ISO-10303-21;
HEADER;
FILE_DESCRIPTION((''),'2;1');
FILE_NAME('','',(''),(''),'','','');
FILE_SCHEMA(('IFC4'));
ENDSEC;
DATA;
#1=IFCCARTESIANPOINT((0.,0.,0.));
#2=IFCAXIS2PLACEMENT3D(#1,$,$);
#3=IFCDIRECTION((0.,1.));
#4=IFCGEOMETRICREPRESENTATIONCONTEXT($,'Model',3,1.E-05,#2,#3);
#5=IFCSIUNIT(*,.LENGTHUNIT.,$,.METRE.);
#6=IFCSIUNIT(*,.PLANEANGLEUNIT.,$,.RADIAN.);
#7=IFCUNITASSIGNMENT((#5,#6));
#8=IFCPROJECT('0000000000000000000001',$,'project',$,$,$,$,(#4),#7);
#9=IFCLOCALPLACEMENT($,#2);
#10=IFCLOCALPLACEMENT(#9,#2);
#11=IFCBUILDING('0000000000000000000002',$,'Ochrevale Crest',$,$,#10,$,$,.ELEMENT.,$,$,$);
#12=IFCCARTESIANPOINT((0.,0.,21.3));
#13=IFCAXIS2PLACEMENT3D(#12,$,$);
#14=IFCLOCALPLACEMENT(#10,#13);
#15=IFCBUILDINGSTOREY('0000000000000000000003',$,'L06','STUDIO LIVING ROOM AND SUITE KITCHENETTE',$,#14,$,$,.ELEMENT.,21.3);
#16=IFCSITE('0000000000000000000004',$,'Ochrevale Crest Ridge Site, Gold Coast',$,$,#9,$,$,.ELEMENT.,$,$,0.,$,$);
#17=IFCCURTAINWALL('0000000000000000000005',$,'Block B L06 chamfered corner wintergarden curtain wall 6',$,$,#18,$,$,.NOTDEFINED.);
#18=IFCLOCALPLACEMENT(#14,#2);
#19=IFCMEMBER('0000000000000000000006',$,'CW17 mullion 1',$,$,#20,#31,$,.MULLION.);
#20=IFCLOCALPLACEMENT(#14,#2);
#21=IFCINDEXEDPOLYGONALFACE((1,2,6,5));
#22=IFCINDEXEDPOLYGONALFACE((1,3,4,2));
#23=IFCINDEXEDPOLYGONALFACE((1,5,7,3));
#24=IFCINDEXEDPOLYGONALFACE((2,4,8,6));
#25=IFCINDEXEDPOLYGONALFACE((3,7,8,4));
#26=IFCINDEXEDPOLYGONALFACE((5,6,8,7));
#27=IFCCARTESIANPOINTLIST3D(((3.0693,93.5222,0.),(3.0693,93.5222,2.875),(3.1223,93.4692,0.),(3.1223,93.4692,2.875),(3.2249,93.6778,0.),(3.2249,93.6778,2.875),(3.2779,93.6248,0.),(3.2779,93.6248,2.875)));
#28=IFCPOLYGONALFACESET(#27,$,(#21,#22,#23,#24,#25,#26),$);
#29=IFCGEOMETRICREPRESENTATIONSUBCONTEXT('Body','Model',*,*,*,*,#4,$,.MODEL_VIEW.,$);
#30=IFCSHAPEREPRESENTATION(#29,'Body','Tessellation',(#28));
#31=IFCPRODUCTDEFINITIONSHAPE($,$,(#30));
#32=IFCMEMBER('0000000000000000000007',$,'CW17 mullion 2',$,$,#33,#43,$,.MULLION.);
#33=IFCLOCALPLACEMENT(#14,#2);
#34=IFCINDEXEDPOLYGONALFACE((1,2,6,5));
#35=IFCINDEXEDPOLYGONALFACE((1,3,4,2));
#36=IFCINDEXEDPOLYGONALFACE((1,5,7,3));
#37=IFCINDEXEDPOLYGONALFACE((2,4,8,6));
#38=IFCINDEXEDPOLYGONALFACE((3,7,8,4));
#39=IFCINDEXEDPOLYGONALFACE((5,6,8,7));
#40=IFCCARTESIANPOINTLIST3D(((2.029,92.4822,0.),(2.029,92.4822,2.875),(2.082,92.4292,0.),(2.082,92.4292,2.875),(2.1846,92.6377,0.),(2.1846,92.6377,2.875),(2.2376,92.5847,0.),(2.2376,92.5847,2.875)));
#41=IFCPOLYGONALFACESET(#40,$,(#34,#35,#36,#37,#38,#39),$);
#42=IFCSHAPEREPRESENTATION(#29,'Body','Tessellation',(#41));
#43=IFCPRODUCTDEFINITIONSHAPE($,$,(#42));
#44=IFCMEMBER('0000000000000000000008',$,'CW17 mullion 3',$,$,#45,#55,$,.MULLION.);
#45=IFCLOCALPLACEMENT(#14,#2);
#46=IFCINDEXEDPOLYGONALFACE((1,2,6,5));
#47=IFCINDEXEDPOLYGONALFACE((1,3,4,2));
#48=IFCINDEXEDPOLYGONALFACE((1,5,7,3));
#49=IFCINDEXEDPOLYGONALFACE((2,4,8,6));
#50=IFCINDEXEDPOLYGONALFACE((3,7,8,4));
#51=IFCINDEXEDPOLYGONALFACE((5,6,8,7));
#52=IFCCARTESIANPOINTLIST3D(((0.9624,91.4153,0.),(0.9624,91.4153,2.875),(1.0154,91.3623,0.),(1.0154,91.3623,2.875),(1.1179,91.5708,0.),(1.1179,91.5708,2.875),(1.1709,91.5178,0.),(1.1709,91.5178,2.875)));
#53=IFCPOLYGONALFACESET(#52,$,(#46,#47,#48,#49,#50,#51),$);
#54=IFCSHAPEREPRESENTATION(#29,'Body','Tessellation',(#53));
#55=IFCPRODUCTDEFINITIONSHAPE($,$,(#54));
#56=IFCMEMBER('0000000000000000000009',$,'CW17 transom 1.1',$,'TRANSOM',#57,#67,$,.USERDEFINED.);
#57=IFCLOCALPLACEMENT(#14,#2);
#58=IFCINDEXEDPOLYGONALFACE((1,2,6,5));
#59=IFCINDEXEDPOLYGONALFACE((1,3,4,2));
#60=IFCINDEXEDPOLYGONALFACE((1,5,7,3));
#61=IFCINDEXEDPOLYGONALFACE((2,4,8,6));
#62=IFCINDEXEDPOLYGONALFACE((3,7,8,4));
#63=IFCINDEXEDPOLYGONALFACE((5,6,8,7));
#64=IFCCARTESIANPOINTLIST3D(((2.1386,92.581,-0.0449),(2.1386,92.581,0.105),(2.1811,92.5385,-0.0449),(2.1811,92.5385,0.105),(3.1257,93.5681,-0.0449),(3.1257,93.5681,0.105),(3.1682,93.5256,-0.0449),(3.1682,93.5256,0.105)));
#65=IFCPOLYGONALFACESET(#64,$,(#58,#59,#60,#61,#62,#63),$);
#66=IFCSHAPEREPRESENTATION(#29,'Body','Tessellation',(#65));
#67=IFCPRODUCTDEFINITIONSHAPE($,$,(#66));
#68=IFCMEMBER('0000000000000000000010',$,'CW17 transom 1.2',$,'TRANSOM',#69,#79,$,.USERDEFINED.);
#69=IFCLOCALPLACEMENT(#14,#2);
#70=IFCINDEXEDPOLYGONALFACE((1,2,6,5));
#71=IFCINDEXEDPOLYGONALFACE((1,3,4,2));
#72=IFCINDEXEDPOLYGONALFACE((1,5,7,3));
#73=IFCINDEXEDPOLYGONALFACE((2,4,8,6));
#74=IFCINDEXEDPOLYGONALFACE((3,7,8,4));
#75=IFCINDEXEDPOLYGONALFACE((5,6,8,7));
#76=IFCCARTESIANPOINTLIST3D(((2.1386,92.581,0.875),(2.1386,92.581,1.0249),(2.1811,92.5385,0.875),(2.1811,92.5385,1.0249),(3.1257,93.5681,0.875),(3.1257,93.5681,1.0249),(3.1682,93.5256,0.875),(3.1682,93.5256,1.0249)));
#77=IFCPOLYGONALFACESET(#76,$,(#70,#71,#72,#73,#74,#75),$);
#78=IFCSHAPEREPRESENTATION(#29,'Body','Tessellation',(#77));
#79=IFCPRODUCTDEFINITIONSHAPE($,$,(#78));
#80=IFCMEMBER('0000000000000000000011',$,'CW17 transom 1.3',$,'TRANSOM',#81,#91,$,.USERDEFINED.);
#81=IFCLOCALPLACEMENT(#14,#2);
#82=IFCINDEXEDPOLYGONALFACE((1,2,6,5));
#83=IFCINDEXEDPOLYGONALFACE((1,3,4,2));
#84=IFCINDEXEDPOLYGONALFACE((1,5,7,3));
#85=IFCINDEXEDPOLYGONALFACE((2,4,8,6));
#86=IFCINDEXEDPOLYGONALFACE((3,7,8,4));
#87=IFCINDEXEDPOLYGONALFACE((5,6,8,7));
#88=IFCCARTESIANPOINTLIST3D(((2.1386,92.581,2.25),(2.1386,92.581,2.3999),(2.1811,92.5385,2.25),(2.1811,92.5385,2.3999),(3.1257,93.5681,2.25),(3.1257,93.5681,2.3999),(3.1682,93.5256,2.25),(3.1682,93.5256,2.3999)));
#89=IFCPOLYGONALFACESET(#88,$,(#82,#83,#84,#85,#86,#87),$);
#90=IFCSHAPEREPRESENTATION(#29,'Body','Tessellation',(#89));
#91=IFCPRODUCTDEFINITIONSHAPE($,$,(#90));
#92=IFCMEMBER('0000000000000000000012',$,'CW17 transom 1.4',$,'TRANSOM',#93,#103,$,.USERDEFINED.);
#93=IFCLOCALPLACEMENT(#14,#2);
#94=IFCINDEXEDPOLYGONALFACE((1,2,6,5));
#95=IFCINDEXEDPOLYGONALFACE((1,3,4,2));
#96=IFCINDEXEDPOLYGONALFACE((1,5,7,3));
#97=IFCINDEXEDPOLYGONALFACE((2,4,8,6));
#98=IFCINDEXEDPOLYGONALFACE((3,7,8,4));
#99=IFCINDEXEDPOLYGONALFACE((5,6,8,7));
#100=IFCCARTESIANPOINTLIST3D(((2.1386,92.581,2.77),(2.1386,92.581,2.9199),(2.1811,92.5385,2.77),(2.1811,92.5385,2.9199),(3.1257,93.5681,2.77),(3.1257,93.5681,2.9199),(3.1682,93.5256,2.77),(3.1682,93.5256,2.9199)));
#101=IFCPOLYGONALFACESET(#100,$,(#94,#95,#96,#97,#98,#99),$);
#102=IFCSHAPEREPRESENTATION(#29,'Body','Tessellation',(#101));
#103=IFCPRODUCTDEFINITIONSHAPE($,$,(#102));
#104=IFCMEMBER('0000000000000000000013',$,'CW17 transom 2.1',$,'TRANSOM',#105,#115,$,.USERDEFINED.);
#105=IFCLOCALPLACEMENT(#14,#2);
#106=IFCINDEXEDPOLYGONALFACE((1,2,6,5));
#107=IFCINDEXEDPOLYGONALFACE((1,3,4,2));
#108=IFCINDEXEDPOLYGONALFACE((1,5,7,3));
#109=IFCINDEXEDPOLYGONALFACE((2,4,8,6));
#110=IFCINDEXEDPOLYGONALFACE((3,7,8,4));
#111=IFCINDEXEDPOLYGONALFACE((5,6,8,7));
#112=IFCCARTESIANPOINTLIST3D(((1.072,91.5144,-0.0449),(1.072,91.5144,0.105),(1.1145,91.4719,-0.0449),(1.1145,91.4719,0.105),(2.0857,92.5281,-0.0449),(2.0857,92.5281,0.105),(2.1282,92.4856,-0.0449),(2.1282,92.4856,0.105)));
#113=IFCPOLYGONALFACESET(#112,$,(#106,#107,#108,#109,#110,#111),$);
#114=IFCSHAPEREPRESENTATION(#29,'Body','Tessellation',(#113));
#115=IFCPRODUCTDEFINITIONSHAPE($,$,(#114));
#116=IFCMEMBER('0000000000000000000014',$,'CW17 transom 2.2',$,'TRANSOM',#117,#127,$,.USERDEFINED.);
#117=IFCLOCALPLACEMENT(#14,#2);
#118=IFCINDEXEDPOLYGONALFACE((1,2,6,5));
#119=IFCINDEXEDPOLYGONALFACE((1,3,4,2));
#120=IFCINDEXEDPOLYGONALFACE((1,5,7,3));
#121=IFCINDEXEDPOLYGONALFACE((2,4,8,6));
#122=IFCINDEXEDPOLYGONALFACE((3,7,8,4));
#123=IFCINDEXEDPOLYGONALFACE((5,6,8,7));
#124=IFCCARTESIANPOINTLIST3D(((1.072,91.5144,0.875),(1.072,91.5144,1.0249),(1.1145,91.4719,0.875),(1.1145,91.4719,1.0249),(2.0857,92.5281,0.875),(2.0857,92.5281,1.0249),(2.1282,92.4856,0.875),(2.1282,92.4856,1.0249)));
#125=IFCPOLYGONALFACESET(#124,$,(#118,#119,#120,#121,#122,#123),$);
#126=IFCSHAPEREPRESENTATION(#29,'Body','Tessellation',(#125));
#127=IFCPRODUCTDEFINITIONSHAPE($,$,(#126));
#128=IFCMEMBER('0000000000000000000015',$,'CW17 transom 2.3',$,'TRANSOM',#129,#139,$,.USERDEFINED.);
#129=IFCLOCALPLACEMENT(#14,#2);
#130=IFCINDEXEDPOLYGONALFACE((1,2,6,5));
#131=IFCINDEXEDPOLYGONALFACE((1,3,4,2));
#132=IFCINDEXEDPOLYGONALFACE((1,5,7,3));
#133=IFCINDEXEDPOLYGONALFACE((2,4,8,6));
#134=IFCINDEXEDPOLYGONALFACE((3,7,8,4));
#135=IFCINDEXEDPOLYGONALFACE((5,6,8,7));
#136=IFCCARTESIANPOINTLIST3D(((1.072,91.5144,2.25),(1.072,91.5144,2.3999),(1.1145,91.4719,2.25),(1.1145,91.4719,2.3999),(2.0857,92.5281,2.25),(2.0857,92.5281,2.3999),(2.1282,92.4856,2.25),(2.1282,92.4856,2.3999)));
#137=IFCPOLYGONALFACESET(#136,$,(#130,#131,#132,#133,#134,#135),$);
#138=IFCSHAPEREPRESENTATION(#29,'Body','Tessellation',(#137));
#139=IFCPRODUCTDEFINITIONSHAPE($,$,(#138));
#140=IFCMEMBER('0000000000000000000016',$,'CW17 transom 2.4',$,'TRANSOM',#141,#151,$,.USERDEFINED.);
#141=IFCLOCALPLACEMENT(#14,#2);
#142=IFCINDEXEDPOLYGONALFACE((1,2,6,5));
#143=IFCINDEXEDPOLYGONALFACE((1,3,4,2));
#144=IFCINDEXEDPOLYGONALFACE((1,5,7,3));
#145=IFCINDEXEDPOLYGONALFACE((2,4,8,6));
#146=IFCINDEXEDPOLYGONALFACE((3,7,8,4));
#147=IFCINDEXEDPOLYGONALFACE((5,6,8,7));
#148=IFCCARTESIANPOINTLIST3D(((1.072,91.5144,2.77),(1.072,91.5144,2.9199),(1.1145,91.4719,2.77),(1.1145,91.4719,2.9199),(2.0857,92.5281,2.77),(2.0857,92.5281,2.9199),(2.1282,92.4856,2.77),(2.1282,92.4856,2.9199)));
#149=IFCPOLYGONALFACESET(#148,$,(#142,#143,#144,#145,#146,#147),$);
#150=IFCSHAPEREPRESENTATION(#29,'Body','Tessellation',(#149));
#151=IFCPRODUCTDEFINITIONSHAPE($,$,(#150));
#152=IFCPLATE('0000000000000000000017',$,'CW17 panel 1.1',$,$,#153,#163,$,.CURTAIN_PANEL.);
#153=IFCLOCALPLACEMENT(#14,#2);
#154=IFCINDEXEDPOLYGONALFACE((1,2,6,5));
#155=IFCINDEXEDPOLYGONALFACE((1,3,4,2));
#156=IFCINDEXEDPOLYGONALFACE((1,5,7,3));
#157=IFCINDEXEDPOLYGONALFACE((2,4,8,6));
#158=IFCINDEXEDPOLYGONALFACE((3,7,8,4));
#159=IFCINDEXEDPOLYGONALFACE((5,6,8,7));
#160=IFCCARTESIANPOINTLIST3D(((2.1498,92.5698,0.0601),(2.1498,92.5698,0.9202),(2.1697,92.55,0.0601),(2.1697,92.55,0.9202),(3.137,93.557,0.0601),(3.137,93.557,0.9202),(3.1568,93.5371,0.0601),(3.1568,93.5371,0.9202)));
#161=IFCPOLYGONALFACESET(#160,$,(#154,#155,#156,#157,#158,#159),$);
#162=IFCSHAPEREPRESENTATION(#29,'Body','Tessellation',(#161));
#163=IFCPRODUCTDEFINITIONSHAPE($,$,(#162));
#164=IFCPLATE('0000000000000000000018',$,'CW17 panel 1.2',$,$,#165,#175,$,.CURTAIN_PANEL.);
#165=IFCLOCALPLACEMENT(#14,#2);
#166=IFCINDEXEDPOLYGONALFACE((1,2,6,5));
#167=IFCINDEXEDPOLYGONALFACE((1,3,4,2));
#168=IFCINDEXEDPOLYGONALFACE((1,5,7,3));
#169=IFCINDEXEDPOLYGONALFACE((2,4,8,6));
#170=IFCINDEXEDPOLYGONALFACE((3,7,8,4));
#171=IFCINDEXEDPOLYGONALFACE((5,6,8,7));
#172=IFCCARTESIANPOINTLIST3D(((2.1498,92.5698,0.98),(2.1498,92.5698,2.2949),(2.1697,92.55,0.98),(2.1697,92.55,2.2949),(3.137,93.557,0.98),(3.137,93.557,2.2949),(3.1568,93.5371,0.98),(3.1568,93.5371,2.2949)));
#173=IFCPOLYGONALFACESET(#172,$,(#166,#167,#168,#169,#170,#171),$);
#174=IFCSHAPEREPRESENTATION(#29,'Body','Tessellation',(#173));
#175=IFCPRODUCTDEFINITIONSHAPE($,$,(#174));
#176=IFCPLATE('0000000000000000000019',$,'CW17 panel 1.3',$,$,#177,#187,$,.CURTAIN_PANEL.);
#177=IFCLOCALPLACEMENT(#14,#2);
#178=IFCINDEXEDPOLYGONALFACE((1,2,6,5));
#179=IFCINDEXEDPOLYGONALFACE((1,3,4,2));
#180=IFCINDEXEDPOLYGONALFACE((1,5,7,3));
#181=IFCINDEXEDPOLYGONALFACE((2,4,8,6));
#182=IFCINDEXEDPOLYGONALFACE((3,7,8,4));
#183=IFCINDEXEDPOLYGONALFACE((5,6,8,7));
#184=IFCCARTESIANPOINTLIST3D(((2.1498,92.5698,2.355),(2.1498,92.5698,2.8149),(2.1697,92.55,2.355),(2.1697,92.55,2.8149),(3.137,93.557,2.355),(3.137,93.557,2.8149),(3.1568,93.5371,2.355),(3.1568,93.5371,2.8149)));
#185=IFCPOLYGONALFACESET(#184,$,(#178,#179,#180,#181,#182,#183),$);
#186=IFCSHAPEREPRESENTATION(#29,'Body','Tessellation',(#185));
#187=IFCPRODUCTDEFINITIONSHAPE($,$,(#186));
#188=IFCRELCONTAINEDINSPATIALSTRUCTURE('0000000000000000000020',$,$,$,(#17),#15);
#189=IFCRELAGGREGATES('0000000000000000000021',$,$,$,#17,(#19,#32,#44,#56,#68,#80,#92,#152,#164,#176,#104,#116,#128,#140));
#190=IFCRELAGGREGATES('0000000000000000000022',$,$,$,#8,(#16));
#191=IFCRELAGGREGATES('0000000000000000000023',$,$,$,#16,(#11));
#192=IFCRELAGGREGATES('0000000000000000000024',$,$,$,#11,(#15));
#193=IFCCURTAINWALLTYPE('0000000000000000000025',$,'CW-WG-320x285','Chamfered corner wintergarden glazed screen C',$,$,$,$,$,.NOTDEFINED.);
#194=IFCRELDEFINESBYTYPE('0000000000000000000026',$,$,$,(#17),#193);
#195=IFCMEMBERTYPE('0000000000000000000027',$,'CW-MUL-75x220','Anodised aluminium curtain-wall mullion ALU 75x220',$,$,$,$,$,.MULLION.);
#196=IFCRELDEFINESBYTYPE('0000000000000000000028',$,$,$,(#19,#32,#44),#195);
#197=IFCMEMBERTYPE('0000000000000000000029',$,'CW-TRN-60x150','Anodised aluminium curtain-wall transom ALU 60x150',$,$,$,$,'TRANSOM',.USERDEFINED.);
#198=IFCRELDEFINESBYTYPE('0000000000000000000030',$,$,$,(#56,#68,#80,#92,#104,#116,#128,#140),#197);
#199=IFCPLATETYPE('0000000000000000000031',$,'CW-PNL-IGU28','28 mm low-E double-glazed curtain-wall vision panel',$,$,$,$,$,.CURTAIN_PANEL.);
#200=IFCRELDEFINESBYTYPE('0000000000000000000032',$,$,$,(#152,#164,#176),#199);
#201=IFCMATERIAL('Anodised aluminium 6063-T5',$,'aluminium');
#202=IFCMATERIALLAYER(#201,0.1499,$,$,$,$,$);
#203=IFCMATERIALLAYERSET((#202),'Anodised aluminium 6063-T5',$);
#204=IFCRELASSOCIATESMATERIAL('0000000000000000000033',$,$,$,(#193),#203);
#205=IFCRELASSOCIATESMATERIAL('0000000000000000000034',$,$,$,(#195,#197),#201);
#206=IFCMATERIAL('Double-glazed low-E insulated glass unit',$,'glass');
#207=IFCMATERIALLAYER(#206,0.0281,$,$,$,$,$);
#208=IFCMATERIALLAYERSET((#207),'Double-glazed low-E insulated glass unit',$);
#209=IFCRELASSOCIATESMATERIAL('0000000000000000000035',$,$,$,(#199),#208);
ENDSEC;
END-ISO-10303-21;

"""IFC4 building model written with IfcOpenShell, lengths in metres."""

from ifc_helpers import new_model, si_unit, direction, frame, origin, origin_2d, place, context, subcontext, project, spatial, rectangle, extrude, material, layer, layer_set, material_profile, profile_set, type_object, element, aggregate, save


model = new_model("IFC4")

# Units and contexts
model_context = context("Model", 3, precision=1e-05, world=origin(), true_north=direction((0.0, 1.0)))
body_context = subcontext(model_context, "Body", "Model", "MODEL_VIEW")
ifc_project = project(units=[si_unit("LENGTHUNIT", "METRE"), si_unit("PLANEANGLEUNIT", "RADIAN")], contexts=[model_context])

# Site, building, storey
site_placement = place(None, origin())
site = spatial("IfcSite", under=ifc_project, at=site_placement, Name="Ochrevale Crest Ridge Site, Gold Coast", CompositionType="ELEMENT", RefElevation=0.0)
building_placement = place(site_placement, origin())
building = spatial("IfcBuilding", under=site, at=building_placement, Name="Ochrevale Crest", CompositionType="ELEMENT")
storey_placement = place(building_placement, frame((0.0, 0.0, 21.3)))
storey = spatial("IfcBuildingStorey", under=building, at=storey_placement, Name="L06", Description="STUDIO LIVING ROOM AND SUITE KITCHENETTE", CompositionType="ELEMENT", Elevation=21.3)

# Curtain wall, members, plates
ifc_material_1 = material(Name="Anodised aluminium 6063-T5", Category="aluminium")
ifc_layer_1 = layer(ifc_material_1, 0.1499)
ifc_layer_set_1 = layer_set([ifc_layer_1], Name="Anodised aluminium 6063-T5")
curtain_wall_type = type_object("IfcCurtainWallType", Name="CW-WG-320x285", Description="Chamfered corner wintergarden glazed screen C", PredefinedType="NOTDEFINED", material=ifc_layer_set_1)
curtain_wall_placement = place(storey_placement, origin())
curtain_wall = element("IfcCurtainWall", 1, at=curtain_wall_placement, inside=storey, type_object=curtain_wall_type, Name="Block B L06 chamfered corner wintergarden curtain wall 6", PredefinedType="NOTDEFINED")
ifc_material_profile_1 = material_profile(ifc_material_1, rectangle(XDim=0.075, YDim=0.22, at=origin_2d()), Name="ALU 75x220")
ifc_profile_set_1 = profile_set([ifc_material_profile_1], Name="Anodised aluminium 6063-T5")
member_type_1 = type_object("IfcMemberType", Name="CW-MUL-75x220", Description="Anodised aluminium curtain-wall mullion ALU 75x220", PredefinedType="MULLION", material=ifc_profile_set_1)
member_1_placement = place(storey_placement, frame((3.1736, 93.5735, 0.0), z_axis=(0.0, 0.0, 1.0), x_axis=(0.707107, -0.707107, 0.0)))
member_1 = element("IfcMember", 2, at=member_1_placement, type_object=member_type_1, Name="CW17 mullion 1", PredefinedType="MULLION", context=body_context, shape_type="SweptSolid", body=[
    extrude(rectangle(XDim=0.075, YDim=0.22, at=origin_2d()), origin(), (0.0, 0.0, 1.0), 2.875),
])
member_2_placement = place(storey_placement, frame((2.1333, 92.5334, 0.0), z_axis=(0.0, 0.0, 1.0), x_axis=(0.707107, -0.707107, 0.0)))
member_2 = element("IfcMember", 3, at=member_2_placement, type_object=member_type_1, Name="CW17 mullion 2", PredefinedType="MULLION", context=body_context, shape_type="SweptSolid", body=[
    extrude(rectangle(XDim=0.075, YDim=0.22, at=origin_2d()), origin(), (0.0, 0.0, 1.0), 2.875),
])
member_3_placement = place(storey_placement, frame((1.0667, 91.4666, 0.0), z_axis=(0.0, 0.0, 1.0), x_axis=(0.707107, -0.707107, 0.0)))
member_3 = element("IfcMember", 4, at=member_3_placement, type_object=member_type_1, Name="CW17 mullion 3", PredefinedType="MULLION", context=body_context, shape_type="SweptSolid", body=[
    extrude(rectangle(XDim=0.075, YDim=0.22, at=origin_2d()), origin(), (0.0, 0.0, 1.0), 2.875),
])
ifc_material_profile_2 = material_profile(ifc_material_1, rectangle(XDim=0.0601, YDim=0.1499, at=origin_2d()), Name="ALU 60x150")
ifc_profile_set_2 = profile_set([ifc_material_profile_2], Name="Anodised aluminium 6063-T5")
member_type_2 = type_object("IfcMemberType", Name="CW-TRN-60x150", Description="Anodised aluminium curtain-wall transom ALU 60x150", ElementType="TRANSOM", PredefinedType="USERDEFINED", material=ifc_profile_set_2)
member_4_placement = place(storey_placement, frame((3.147, 93.5469, 0.03), z_axis=(-0.707107, -0.707107, 0.0), x_axis=(0.707107, -0.707107, 0.0)))
member_4 = element("IfcMember", 5, at=member_4_placement, type_object=member_type_2, Name="CW17 transom 1.1", ObjectType="TRANSOM", PredefinedType="USERDEFINED", context=body_context, shape_type="SweptSolid", body=[
    extrude(rectangle(XDim=0.0601, YDim=0.1499, at=origin_2d()), origin(), (0.0, 0.0, 1.0), 1.396),
])
member_5_placement = place(storey_placement, frame((3.147, 93.5469, 0.95), z_axis=(-0.707107, -0.707107, 0.0), x_axis=(0.707107, -0.707107, 0.0)))
member_5 = element("IfcMember", 6, at=member_5_placement, type_object=member_type_2, Name="CW17 transom 1.2", ObjectType="TRANSOM", PredefinedType="USERDEFINED", context=body_context, shape_type="SweptSolid", body=[
    extrude(rectangle(XDim=0.0601, YDim=0.1499, at=origin_2d()), origin(), (0.0, 0.0, 1.0), 1.396),
])
member_6_placement = place(storey_placement, frame((3.147, 93.5469, 2.325), z_axis=(-0.707107, -0.707107, 0.0), x_axis=(0.707107, -0.707107, 0.0)))
member_6 = element("IfcMember", 7, at=member_6_placement, type_object=member_type_2, Name="CW17 transom 1.3", ObjectType="TRANSOM", PredefinedType="USERDEFINED", context=body_context, shape_type="SweptSolid", body=[
    extrude(rectangle(XDim=0.0601, YDim=0.1499, at=origin_2d()), origin(), (0.0, 0.0, 1.0), 1.396),
])
member_7_placement = place(storey_placement, frame((3.147, 93.5469, 2.845), z_axis=(-0.707107, -0.707107, 0.0), x_axis=(0.707107, -0.707107, 0.0)))
member_7 = element("IfcMember", 8, at=member_7_placement, type_object=member_type_2, Name="CW17 transom 1.4", ObjectType="TRANSOM", PredefinedType="USERDEFINED", context=body_context, shape_type="SweptSolid", body=[
    extrude(rectangle(XDim=0.0601, YDim=0.1499, at=origin_2d()), origin(), (0.0, 0.0, 1.0), 1.396),
])
member_8_placement = place(storey_placement, frame((2.1069, 92.5068, 0.03), z_axis=(-0.707107, -0.707107, 0.0), x_axis=(0.707107, -0.707107, 0.0)))
member_8 = element("IfcMember", 9, at=member_8_placement, type_object=member_type_2, Name="CW17 transom 2.1", ObjectType="TRANSOM", PredefinedType="USERDEFINED", context=body_context, shape_type="SweptSolid", body=[
    extrude(rectangle(XDim=0.0601, YDim=0.1499, at=origin_2d()), origin(), (0.0, 0.0, 1.0), 1.4336),
])
member_9_placement = place(storey_placement, frame((2.1069, 92.5068, 0.95), z_axis=(-0.707107, -0.707107, 0.0), x_axis=(0.707107, -0.707107, 0.0)))
member_9 = element("IfcMember", 10, at=member_9_placement, type_object=member_type_2, Name="CW17 transom 2.2", ObjectType="TRANSOM", PredefinedType="USERDEFINED", context=body_context, shape_type="SweptSolid", body=[
    extrude(rectangle(XDim=0.0601, YDim=0.1499, at=origin_2d()), origin(), (0.0, 0.0, 1.0), 1.4336),
])
member_10_placement = place(storey_placement, frame((2.1069, 92.5068, 2.325), z_axis=(-0.707107, -0.707107, 0.0), x_axis=(0.707107, -0.707107, 0.0)))
member_10 = element("IfcMember", 11, at=member_10_placement, type_object=member_type_2, Name="CW17 transom 2.3", ObjectType="TRANSOM", PredefinedType="USERDEFINED", context=body_context, shape_type="SweptSolid", body=[
    extrude(rectangle(XDim=0.0601, YDim=0.1499, at=origin_2d()), origin(), (0.0, 0.0, 1.0), 1.4336),
])
member_11_placement = place(storey_placement, frame((2.1069, 92.5068, 2.845), z_axis=(-0.707107, -0.707107, 0.0), x_axis=(0.707107, -0.707107, 0.0)))
member_11 = element("IfcMember", 12, at=member_11_placement, type_object=member_type_2, Name="CW17 transom 2.4", ObjectType="TRANSOM", PredefinedType="USERDEFINED", context=body_context, shape_type="SweptSolid", body=[
    extrude(rectangle(XDim=0.0601, YDim=0.1499, at=origin_2d()), origin(), (0.0, 0.0, 1.0), 1.4336),
])
ifc_material_2 = material(Name="Double-glazed low-E insulated glass unit", Category="glass")
ifc_layer_2 = layer(ifc_material_2, 0.0281)
ifc_layer_set_2 = layer_set([ifc_layer_2], Name="Double-glazed low-E insulated glass unit")
plate_type = type_object("IfcPlateType", Name="CW-PNL-IGU28", Description="28 mm low-E double-glazed curtain-wall vision panel", PredefinedType="CURTAIN_PANEL", material=ifc_layer_set_2)
plate_1_placement = place(storey_placement, frame((2.6533, 93.0535, 0.0601), z_axis=(0.0, 0.0, 1.0), x_axis=(-0.707107, -0.707107, 0.0)))
plate_1 = element("IfcPlate", 13, at=plate_1_placement, type_object=plate_type, Name="CW17 panel 1.1", PredefinedType="CURTAIN_PANEL", context=body_context, shape_type="SweptSolid", body=[
    extrude(rectangle(XDim=1.396, YDim=0.0281, at=origin_2d()), origin(), (0.0, 0.0, 1.0), 0.8601),
])
plate_2_placement = place(storey_placement, frame((2.6533, 93.0535, 0.98), z_axis=(0.0, 0.0, 1.0), x_axis=(-0.707107, -0.707107, 0.0)))
plate_2 = element("IfcPlate", 14, at=plate_2_placement, type_object=plate_type, Name="CW17 panel 1.2", PredefinedType="CURTAIN_PANEL", context=body_context, shape_type="SweptSolid", body=[
    extrude(rectangle(XDim=1.396, YDim=0.0281, at=origin_2d()), origin(), (0.0, 0.0, 1.0), 1.3149),
])
plate_3_placement = place(storey_placement, frame((2.6533, 93.0535, 2.355), z_axis=(0.0, 0.0, 1.0), x_axis=(-0.707107, -0.707107, 0.0)))
plate_3 = element("IfcPlate", 15, at=plate_3_placement, type_object=plate_type, Name="CW17 panel 1.3", PredefinedType="CURTAIN_PANEL", context=body_context, shape_type="SweptSolid", body=[
    extrude(rectangle(XDim=1.396, YDim=0.0281, at=origin_2d()), origin(), (0.0, 0.0, 1.0), 0.46),
])
aggregate(curtain_wall, [member_1, member_2, member_3, member_4, member_5, member_6, member_7, plate_1, plate_2, plate_3, member_8, member_9, member_10, member_11])

save(model, "model.ifc")
